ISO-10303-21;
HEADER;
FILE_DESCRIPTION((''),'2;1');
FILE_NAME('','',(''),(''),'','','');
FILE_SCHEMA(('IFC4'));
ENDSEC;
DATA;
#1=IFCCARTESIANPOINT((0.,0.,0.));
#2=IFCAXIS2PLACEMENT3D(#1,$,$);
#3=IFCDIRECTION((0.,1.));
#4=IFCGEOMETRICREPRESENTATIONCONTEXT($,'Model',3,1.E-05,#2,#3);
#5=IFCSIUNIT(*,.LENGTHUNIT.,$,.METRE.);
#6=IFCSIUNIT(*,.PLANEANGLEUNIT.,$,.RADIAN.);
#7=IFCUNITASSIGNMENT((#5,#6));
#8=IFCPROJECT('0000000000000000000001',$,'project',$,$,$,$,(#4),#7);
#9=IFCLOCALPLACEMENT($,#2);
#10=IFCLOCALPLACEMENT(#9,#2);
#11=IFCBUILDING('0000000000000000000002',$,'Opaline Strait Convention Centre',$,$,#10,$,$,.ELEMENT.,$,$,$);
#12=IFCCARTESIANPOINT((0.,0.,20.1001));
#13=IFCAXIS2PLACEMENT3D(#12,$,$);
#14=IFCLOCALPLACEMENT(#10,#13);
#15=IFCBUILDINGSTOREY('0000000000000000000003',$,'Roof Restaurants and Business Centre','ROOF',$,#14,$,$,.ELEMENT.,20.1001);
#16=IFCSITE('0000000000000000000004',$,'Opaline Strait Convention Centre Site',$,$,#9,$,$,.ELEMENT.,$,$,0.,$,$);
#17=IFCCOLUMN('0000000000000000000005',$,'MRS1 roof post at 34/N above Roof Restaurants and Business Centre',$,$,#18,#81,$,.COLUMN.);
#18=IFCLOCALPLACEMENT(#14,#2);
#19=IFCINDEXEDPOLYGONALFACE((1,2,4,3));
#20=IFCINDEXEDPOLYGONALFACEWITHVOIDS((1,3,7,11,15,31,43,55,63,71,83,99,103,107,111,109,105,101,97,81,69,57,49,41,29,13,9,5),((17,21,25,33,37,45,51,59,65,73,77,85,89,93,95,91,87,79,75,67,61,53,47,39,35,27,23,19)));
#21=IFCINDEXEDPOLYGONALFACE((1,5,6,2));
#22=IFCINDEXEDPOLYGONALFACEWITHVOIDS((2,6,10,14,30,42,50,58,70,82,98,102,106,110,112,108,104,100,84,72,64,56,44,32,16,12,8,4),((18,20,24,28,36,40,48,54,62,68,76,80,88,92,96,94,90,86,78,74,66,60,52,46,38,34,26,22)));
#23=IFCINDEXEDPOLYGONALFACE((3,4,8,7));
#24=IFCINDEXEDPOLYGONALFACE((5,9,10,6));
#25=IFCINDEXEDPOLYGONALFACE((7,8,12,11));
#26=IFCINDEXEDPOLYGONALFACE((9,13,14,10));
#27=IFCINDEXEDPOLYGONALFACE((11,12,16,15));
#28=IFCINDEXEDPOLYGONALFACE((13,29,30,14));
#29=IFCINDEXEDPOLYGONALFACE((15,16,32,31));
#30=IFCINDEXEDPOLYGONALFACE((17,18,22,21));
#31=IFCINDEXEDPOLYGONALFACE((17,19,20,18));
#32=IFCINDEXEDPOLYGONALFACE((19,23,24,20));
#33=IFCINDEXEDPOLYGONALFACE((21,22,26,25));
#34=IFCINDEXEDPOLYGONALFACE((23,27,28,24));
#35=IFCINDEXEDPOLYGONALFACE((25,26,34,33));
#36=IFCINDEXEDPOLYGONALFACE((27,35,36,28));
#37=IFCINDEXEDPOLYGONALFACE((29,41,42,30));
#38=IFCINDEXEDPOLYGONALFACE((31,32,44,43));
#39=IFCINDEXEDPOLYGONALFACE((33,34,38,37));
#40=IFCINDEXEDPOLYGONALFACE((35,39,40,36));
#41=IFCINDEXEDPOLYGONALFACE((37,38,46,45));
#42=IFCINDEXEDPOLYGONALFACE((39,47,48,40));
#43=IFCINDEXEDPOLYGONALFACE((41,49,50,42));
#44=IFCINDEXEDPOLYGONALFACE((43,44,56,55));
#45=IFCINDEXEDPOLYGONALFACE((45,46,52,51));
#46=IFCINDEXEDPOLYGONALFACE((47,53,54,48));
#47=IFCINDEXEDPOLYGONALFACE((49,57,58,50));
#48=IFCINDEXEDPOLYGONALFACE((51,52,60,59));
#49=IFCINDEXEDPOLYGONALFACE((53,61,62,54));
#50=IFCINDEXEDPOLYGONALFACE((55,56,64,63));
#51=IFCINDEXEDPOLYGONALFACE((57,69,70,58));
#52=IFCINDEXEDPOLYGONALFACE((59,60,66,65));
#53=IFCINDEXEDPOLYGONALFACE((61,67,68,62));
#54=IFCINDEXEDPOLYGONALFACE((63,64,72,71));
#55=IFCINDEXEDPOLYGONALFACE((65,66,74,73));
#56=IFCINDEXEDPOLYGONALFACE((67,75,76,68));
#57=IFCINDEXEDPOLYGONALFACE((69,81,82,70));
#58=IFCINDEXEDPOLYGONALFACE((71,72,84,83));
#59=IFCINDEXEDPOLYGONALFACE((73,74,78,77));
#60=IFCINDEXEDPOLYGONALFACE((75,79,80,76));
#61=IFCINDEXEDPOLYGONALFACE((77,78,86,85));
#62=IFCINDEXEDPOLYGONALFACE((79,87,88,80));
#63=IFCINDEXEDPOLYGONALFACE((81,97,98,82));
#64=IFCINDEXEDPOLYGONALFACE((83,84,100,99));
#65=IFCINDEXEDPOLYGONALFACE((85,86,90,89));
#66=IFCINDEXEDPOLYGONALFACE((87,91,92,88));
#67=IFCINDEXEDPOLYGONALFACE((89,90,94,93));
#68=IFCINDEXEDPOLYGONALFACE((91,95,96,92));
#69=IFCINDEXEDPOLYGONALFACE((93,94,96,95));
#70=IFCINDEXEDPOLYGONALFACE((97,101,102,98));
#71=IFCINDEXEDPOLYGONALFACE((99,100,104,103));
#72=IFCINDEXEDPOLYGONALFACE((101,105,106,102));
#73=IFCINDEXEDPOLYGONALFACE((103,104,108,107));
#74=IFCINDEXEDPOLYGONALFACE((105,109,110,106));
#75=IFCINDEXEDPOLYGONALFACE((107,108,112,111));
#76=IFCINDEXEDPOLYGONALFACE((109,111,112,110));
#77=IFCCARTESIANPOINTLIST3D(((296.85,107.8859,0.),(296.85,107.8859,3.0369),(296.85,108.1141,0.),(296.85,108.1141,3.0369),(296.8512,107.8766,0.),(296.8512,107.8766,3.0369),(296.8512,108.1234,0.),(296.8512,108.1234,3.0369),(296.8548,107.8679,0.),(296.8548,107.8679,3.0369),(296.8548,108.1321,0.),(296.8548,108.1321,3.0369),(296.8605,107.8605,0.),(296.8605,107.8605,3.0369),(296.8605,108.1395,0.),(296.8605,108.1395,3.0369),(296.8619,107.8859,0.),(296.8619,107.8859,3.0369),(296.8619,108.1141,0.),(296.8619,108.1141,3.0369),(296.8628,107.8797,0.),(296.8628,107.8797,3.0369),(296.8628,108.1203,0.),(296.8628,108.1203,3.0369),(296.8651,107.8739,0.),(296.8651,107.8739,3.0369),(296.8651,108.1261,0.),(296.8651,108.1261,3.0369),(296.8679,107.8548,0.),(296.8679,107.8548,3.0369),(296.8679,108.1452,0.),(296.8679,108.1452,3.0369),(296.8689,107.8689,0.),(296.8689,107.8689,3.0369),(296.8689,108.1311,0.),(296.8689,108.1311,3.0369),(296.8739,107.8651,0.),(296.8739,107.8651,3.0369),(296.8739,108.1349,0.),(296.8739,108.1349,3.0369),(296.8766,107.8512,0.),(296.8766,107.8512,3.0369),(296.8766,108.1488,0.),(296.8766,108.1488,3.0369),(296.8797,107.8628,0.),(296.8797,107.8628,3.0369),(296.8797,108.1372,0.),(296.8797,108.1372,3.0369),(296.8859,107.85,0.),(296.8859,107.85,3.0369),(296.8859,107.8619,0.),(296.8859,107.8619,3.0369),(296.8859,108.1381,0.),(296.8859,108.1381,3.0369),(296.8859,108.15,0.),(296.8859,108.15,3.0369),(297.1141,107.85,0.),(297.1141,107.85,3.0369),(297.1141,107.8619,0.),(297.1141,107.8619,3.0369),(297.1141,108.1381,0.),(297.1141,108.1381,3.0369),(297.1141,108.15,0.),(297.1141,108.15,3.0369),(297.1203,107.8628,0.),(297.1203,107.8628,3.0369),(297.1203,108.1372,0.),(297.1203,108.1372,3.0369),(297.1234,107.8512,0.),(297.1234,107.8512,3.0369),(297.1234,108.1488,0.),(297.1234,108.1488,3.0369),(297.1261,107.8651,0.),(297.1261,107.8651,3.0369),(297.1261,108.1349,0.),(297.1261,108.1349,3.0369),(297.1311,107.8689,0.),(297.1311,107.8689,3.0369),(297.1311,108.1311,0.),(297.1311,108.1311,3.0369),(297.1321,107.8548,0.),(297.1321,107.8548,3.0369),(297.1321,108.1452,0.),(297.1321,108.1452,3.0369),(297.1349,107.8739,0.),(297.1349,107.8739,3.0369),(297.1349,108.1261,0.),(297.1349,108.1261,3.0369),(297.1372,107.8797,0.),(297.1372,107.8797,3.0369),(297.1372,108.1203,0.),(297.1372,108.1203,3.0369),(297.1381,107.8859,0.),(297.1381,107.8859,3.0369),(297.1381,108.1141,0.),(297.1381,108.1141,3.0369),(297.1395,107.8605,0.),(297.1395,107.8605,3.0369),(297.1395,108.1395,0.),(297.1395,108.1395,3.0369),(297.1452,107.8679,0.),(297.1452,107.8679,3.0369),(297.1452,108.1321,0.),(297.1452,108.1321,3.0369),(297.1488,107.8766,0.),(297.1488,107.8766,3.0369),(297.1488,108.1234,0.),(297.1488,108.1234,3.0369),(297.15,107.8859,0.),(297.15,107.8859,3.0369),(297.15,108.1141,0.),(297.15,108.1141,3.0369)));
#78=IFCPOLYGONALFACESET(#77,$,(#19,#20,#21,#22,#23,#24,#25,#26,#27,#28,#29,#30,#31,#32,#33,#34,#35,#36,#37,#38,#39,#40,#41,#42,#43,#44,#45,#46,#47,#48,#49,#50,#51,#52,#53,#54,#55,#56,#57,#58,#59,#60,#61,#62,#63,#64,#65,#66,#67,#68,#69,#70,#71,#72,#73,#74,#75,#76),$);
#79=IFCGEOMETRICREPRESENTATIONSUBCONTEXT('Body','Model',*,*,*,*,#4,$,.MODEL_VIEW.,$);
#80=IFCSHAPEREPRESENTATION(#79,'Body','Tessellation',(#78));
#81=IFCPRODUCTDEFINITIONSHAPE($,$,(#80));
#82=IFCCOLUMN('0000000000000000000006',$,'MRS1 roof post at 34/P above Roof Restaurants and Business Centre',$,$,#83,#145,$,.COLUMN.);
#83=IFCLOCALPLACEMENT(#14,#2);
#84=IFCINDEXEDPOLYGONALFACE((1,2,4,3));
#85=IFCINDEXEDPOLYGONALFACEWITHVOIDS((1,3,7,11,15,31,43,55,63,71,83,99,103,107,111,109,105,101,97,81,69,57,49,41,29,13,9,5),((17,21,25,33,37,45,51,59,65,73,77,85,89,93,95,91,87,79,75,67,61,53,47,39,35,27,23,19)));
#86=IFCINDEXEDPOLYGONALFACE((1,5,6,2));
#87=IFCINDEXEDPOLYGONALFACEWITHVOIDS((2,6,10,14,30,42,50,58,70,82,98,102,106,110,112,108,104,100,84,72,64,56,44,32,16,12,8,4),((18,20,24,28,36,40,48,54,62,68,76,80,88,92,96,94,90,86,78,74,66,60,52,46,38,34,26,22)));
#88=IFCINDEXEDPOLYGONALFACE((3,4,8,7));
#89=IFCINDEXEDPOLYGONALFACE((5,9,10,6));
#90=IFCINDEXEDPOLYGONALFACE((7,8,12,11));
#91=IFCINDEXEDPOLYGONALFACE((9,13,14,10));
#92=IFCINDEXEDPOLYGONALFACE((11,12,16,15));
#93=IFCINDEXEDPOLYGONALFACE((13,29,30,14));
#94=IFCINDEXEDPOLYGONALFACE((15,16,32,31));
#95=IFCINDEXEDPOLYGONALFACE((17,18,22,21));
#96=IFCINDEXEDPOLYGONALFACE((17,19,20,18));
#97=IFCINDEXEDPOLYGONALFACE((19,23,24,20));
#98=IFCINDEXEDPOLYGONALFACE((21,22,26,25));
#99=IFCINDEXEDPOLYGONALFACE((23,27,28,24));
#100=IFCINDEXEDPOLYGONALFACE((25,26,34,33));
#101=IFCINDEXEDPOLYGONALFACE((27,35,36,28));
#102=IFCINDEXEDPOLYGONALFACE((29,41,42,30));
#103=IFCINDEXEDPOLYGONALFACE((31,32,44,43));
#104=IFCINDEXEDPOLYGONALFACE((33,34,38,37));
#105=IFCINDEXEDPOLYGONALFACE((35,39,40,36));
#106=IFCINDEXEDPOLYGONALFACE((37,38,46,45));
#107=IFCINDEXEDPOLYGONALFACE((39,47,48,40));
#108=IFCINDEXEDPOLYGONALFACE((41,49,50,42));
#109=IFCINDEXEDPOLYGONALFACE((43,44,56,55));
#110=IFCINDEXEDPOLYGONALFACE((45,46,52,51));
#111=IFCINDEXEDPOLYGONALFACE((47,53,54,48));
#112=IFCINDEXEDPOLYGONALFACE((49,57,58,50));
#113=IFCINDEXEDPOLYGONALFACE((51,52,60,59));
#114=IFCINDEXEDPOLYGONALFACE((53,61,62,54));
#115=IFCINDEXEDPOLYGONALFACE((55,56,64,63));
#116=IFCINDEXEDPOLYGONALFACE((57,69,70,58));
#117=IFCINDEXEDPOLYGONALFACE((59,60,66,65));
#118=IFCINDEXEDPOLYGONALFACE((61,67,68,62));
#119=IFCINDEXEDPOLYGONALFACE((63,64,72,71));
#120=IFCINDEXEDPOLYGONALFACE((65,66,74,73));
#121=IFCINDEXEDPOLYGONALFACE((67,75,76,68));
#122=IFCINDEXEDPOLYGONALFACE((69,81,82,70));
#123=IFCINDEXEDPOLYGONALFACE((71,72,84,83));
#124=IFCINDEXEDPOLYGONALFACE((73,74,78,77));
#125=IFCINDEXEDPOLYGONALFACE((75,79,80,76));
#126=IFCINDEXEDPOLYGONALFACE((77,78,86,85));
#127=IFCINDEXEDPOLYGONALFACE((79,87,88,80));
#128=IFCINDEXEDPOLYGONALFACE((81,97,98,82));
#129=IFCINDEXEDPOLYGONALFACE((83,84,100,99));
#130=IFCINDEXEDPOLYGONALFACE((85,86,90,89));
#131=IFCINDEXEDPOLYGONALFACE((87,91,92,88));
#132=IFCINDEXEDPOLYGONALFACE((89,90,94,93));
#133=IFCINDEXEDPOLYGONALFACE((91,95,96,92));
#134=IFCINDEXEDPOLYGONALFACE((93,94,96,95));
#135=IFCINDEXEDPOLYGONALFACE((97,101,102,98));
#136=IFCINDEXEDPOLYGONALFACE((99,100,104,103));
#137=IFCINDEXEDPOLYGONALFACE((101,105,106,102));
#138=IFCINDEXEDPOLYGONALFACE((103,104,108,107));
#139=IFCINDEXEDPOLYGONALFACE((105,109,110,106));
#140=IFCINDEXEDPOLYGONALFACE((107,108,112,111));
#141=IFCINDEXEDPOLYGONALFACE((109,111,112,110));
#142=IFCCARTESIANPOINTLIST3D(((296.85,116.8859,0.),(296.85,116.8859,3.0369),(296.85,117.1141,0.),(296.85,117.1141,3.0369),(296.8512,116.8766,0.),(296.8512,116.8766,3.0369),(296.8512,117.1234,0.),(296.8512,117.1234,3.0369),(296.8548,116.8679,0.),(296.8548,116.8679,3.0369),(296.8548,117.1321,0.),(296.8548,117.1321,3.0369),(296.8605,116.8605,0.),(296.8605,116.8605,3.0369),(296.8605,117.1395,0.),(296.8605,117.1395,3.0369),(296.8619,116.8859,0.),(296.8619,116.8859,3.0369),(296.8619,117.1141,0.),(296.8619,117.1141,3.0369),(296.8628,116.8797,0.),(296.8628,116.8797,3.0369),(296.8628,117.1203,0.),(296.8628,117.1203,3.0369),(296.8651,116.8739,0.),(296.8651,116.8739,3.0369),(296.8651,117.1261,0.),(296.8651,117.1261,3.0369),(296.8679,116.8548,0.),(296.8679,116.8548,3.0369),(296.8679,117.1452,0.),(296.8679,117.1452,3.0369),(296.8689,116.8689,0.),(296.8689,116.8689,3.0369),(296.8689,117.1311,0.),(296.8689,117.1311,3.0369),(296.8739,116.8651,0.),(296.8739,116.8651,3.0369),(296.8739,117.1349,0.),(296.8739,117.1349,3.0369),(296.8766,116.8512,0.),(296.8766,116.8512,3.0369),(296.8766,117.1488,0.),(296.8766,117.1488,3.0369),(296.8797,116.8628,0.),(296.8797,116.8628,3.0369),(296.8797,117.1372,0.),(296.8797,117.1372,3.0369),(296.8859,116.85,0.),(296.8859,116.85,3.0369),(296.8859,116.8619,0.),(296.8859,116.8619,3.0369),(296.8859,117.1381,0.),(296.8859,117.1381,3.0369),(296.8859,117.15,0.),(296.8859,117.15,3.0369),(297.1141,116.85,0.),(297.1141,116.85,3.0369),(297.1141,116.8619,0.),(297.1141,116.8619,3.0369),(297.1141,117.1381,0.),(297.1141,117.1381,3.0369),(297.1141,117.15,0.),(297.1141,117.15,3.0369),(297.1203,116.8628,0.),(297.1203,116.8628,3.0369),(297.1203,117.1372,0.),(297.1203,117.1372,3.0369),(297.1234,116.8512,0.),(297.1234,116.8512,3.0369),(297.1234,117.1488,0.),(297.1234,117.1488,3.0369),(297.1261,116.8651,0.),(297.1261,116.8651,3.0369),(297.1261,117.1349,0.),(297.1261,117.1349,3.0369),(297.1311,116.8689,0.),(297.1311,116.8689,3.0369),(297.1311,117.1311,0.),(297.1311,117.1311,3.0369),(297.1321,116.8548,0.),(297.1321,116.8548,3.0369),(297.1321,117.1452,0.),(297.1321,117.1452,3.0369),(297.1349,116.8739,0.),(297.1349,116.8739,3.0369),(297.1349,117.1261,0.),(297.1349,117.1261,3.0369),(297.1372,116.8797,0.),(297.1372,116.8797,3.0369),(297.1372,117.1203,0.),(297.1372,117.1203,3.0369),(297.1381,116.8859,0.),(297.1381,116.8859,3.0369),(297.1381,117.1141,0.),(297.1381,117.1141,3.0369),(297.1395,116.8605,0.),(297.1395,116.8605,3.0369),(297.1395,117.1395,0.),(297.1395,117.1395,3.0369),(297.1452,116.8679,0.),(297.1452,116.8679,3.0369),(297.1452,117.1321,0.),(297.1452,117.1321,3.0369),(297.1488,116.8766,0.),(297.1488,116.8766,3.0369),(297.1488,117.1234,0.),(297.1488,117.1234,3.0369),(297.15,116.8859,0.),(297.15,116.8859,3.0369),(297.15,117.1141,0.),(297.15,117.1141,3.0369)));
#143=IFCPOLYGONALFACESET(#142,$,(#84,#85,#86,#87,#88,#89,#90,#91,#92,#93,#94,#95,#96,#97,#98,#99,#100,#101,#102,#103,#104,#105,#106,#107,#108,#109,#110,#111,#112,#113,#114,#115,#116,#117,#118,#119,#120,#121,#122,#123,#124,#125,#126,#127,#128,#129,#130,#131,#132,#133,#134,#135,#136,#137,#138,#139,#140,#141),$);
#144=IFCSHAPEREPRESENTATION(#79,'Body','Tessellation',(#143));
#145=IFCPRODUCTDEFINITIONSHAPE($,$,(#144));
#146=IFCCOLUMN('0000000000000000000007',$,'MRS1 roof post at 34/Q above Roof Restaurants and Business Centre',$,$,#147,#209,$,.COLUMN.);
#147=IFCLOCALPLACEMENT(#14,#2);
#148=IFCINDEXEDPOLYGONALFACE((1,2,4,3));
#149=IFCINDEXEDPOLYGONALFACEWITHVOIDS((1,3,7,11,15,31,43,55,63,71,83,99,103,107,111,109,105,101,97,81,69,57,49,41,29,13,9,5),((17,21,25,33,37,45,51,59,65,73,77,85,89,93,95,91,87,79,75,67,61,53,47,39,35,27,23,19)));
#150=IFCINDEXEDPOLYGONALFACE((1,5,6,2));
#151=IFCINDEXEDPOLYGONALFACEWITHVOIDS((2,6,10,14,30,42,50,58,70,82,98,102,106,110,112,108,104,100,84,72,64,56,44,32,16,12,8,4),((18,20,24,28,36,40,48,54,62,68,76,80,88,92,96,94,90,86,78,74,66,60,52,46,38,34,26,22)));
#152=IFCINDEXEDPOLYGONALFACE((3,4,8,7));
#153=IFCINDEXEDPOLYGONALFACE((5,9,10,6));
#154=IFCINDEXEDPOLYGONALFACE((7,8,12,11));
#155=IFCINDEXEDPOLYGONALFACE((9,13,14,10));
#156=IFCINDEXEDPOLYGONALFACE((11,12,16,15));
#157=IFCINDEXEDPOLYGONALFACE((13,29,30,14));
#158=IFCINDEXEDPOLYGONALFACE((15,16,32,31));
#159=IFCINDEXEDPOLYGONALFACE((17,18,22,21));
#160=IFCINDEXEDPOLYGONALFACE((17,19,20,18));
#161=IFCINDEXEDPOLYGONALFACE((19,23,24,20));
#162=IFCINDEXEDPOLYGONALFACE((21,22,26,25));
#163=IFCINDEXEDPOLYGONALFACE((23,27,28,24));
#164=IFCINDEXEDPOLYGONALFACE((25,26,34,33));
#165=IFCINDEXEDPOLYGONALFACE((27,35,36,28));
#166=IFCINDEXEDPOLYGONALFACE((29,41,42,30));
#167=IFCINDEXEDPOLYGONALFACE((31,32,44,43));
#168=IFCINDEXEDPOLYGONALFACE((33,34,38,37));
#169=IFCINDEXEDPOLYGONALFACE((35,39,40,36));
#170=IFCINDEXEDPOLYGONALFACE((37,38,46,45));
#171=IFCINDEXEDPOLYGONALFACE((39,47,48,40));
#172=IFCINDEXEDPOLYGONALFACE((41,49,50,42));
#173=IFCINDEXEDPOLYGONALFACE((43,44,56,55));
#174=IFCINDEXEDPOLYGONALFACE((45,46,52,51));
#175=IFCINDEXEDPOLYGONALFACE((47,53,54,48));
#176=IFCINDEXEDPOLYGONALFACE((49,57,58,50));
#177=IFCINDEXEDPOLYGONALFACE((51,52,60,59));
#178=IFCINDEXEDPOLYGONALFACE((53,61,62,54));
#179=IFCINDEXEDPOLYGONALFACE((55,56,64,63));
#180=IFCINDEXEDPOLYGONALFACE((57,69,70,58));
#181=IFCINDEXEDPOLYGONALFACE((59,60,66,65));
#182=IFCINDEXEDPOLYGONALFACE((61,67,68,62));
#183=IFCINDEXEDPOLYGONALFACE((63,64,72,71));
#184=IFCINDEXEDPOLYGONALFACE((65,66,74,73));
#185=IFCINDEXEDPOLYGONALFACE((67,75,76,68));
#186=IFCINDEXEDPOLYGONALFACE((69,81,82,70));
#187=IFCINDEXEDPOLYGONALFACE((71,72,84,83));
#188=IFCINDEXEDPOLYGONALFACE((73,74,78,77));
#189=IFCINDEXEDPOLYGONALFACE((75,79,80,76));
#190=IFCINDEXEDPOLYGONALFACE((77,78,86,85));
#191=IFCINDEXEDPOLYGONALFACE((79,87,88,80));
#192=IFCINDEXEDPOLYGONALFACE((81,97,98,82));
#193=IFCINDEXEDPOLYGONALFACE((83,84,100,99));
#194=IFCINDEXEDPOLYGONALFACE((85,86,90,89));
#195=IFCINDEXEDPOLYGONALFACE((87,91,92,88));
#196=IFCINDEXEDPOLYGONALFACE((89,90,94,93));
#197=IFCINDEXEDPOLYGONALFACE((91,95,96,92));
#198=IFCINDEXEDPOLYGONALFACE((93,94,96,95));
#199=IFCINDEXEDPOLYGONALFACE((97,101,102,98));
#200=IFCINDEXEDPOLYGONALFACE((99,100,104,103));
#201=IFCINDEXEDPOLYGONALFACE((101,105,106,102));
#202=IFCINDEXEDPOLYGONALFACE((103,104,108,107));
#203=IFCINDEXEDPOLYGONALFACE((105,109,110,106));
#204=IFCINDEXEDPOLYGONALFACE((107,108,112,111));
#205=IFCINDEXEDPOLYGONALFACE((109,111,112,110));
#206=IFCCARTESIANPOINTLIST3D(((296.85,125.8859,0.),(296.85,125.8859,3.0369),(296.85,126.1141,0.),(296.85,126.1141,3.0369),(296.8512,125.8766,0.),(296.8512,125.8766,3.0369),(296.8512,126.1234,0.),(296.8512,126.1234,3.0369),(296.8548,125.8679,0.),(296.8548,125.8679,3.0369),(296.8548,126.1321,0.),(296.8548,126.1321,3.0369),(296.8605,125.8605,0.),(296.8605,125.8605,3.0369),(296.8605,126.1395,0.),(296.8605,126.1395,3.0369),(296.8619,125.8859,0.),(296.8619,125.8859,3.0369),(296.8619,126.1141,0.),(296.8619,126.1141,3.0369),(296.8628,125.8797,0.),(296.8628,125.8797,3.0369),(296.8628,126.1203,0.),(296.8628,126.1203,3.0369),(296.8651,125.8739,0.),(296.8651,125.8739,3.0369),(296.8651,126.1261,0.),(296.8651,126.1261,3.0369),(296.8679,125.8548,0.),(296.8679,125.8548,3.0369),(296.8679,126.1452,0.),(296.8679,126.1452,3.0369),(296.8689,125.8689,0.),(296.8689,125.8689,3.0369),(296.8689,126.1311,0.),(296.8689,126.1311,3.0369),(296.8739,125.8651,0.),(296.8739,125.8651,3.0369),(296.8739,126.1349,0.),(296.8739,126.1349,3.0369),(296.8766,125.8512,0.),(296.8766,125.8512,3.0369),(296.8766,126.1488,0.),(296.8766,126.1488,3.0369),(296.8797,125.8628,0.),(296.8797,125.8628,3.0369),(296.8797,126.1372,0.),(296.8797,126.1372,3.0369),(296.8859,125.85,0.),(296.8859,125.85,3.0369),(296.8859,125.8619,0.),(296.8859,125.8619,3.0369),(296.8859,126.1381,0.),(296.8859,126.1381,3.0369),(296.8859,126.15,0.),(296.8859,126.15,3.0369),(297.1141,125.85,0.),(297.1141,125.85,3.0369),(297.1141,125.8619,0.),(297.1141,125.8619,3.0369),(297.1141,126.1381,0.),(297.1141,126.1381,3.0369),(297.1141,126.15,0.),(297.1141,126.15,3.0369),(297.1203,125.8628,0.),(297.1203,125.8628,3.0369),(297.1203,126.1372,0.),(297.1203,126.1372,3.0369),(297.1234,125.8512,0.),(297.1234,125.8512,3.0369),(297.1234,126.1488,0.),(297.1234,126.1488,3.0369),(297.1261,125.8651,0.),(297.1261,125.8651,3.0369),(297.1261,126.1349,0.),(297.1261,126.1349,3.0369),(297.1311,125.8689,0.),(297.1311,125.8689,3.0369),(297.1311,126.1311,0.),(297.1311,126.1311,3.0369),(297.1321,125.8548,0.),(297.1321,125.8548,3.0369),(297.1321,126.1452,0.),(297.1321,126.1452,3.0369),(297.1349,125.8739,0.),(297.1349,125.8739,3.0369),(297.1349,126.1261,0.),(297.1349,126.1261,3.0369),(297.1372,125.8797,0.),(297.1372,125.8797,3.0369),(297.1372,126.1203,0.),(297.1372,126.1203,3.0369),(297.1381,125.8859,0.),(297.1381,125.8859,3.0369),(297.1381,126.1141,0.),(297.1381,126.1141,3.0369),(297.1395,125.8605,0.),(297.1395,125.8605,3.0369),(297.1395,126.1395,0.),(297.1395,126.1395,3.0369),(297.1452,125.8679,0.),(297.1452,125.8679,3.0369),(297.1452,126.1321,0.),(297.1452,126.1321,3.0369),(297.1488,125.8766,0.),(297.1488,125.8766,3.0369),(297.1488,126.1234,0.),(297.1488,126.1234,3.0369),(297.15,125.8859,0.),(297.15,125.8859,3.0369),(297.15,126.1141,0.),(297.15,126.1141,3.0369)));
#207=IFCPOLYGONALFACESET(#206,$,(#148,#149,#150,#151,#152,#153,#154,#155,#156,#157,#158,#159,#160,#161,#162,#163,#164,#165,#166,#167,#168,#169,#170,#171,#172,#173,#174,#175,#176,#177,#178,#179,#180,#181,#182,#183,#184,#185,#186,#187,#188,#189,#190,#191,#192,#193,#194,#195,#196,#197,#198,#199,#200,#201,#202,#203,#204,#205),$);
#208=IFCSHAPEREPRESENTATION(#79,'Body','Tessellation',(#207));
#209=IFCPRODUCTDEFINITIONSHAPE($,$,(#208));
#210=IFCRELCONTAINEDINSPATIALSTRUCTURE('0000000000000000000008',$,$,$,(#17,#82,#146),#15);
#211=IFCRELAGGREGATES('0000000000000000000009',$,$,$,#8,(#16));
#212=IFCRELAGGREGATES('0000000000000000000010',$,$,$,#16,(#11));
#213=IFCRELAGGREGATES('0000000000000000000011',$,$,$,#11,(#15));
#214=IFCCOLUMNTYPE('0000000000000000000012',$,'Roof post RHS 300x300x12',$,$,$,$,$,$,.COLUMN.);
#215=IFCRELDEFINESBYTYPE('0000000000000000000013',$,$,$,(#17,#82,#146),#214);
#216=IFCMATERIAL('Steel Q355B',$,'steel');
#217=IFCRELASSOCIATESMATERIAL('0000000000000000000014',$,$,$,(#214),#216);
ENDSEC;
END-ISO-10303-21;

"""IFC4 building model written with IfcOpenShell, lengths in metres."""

from ifc_helpers import new_model, si_unit, direction, frame, origin, origin_2d, place, context, subcontext, project, spatial, hollow_rectangle, extrude, material, material_profile, profile_set, type_object, element, save


model = new_model("IFC4")

# Units and contexts
model_context = context("Model", 3, precision=1e-05, world=origin(), true_north=direction((0.0, 1.0)))
body_context = subcontext(model_context, "Body", "Model", "MODEL_VIEW")
ifc_project = project(units=[si_unit("LENGTHUNIT", "METRE"), si_unit("PLANEANGLEUNIT", "RADIAN")], contexts=[model_context])

# Site, building, storey
site_placement = place(None, origin())
site = spatial("IfcSite", under=ifc_project, at=site_placement, Name="Opaline Strait Convention Centre Site", CompositionType="ELEMENT", RefElevation=0.0)
building_placement = place(site_placement, origin())
building = spatial("IfcBuilding", under=site, at=building_placement, Name="Opaline Strait Convention Centre", CompositionType="ELEMENT")
storey_placement = place(building_placement, frame((0.0, 0.0, 20.1001)))
storey = spatial("IfcBuildingStorey", under=building, at=storey_placement, Name="Roof Restaurants and Business Centre", Description="ROOF", CompositionType="ELEMENT", Elevation=20.1001)

# Columns
ifc_material = material(Name="Steel Q355B", Category="steel")
ifc_material_profile = material_profile(ifc_material, hollow_rectangle(XDim=0.3, YDim=0.3, WallThickness=0.012, InnerFilletRadius=0.0239, OuterFilletRadius=0.0359, at=origin_2d()), Name="RHS 300x300x12")
ifc_profile_set = profile_set([ifc_material_profile], Name="Steel Q355B")
column_type = type_object("IfcColumnType", Name="Roof post RHS 300x300x12", PredefinedType="COLUMN", material=ifc_profile_set)
for number, where, z_axis, x_axis, name in (
    (1, (297.0, 108.0, 0.0), (0.0, 0.0, 1.0), (1.0, 0.0, 0.0), "MRS1 roof post at 34/N above Roof Restaurants and Business Centre"),
    (2, (297.0, 117.0, 0.0), (0.0, 0.0, 1.0), (1.0, 0.0, 0.0), "MRS1 roof post at 34/P above Roof Restaurants and Business Centre"),
    (3, (297.0, 126.0, 0.0), (0.0, 0.0, 1.0), (1.0, 0.0, 0.0), "MRS1 roof post at 34/Q above Roof Restaurants and Business Centre"),
):
    element("IfcColumn", number, at=place(storey_placement, frame(where, z_axis=z_axis, x_axis=x_axis)), inside=storey, type_object=column_type, Name=name, PredefinedType="COLUMN", context=body_context, shape_type="SweptSolid", body=[
        extrude(hollow_rectangle(XDim=0.3, YDim=0.3, WallThickness=0.012, InnerFilletRadius=0.0239, OuterFilletRadius=0.0359, at=origin_2d()), origin(), (0.0, 0.0, 1.0), 3.0369),
    ])

save(model, "model.ifc")
